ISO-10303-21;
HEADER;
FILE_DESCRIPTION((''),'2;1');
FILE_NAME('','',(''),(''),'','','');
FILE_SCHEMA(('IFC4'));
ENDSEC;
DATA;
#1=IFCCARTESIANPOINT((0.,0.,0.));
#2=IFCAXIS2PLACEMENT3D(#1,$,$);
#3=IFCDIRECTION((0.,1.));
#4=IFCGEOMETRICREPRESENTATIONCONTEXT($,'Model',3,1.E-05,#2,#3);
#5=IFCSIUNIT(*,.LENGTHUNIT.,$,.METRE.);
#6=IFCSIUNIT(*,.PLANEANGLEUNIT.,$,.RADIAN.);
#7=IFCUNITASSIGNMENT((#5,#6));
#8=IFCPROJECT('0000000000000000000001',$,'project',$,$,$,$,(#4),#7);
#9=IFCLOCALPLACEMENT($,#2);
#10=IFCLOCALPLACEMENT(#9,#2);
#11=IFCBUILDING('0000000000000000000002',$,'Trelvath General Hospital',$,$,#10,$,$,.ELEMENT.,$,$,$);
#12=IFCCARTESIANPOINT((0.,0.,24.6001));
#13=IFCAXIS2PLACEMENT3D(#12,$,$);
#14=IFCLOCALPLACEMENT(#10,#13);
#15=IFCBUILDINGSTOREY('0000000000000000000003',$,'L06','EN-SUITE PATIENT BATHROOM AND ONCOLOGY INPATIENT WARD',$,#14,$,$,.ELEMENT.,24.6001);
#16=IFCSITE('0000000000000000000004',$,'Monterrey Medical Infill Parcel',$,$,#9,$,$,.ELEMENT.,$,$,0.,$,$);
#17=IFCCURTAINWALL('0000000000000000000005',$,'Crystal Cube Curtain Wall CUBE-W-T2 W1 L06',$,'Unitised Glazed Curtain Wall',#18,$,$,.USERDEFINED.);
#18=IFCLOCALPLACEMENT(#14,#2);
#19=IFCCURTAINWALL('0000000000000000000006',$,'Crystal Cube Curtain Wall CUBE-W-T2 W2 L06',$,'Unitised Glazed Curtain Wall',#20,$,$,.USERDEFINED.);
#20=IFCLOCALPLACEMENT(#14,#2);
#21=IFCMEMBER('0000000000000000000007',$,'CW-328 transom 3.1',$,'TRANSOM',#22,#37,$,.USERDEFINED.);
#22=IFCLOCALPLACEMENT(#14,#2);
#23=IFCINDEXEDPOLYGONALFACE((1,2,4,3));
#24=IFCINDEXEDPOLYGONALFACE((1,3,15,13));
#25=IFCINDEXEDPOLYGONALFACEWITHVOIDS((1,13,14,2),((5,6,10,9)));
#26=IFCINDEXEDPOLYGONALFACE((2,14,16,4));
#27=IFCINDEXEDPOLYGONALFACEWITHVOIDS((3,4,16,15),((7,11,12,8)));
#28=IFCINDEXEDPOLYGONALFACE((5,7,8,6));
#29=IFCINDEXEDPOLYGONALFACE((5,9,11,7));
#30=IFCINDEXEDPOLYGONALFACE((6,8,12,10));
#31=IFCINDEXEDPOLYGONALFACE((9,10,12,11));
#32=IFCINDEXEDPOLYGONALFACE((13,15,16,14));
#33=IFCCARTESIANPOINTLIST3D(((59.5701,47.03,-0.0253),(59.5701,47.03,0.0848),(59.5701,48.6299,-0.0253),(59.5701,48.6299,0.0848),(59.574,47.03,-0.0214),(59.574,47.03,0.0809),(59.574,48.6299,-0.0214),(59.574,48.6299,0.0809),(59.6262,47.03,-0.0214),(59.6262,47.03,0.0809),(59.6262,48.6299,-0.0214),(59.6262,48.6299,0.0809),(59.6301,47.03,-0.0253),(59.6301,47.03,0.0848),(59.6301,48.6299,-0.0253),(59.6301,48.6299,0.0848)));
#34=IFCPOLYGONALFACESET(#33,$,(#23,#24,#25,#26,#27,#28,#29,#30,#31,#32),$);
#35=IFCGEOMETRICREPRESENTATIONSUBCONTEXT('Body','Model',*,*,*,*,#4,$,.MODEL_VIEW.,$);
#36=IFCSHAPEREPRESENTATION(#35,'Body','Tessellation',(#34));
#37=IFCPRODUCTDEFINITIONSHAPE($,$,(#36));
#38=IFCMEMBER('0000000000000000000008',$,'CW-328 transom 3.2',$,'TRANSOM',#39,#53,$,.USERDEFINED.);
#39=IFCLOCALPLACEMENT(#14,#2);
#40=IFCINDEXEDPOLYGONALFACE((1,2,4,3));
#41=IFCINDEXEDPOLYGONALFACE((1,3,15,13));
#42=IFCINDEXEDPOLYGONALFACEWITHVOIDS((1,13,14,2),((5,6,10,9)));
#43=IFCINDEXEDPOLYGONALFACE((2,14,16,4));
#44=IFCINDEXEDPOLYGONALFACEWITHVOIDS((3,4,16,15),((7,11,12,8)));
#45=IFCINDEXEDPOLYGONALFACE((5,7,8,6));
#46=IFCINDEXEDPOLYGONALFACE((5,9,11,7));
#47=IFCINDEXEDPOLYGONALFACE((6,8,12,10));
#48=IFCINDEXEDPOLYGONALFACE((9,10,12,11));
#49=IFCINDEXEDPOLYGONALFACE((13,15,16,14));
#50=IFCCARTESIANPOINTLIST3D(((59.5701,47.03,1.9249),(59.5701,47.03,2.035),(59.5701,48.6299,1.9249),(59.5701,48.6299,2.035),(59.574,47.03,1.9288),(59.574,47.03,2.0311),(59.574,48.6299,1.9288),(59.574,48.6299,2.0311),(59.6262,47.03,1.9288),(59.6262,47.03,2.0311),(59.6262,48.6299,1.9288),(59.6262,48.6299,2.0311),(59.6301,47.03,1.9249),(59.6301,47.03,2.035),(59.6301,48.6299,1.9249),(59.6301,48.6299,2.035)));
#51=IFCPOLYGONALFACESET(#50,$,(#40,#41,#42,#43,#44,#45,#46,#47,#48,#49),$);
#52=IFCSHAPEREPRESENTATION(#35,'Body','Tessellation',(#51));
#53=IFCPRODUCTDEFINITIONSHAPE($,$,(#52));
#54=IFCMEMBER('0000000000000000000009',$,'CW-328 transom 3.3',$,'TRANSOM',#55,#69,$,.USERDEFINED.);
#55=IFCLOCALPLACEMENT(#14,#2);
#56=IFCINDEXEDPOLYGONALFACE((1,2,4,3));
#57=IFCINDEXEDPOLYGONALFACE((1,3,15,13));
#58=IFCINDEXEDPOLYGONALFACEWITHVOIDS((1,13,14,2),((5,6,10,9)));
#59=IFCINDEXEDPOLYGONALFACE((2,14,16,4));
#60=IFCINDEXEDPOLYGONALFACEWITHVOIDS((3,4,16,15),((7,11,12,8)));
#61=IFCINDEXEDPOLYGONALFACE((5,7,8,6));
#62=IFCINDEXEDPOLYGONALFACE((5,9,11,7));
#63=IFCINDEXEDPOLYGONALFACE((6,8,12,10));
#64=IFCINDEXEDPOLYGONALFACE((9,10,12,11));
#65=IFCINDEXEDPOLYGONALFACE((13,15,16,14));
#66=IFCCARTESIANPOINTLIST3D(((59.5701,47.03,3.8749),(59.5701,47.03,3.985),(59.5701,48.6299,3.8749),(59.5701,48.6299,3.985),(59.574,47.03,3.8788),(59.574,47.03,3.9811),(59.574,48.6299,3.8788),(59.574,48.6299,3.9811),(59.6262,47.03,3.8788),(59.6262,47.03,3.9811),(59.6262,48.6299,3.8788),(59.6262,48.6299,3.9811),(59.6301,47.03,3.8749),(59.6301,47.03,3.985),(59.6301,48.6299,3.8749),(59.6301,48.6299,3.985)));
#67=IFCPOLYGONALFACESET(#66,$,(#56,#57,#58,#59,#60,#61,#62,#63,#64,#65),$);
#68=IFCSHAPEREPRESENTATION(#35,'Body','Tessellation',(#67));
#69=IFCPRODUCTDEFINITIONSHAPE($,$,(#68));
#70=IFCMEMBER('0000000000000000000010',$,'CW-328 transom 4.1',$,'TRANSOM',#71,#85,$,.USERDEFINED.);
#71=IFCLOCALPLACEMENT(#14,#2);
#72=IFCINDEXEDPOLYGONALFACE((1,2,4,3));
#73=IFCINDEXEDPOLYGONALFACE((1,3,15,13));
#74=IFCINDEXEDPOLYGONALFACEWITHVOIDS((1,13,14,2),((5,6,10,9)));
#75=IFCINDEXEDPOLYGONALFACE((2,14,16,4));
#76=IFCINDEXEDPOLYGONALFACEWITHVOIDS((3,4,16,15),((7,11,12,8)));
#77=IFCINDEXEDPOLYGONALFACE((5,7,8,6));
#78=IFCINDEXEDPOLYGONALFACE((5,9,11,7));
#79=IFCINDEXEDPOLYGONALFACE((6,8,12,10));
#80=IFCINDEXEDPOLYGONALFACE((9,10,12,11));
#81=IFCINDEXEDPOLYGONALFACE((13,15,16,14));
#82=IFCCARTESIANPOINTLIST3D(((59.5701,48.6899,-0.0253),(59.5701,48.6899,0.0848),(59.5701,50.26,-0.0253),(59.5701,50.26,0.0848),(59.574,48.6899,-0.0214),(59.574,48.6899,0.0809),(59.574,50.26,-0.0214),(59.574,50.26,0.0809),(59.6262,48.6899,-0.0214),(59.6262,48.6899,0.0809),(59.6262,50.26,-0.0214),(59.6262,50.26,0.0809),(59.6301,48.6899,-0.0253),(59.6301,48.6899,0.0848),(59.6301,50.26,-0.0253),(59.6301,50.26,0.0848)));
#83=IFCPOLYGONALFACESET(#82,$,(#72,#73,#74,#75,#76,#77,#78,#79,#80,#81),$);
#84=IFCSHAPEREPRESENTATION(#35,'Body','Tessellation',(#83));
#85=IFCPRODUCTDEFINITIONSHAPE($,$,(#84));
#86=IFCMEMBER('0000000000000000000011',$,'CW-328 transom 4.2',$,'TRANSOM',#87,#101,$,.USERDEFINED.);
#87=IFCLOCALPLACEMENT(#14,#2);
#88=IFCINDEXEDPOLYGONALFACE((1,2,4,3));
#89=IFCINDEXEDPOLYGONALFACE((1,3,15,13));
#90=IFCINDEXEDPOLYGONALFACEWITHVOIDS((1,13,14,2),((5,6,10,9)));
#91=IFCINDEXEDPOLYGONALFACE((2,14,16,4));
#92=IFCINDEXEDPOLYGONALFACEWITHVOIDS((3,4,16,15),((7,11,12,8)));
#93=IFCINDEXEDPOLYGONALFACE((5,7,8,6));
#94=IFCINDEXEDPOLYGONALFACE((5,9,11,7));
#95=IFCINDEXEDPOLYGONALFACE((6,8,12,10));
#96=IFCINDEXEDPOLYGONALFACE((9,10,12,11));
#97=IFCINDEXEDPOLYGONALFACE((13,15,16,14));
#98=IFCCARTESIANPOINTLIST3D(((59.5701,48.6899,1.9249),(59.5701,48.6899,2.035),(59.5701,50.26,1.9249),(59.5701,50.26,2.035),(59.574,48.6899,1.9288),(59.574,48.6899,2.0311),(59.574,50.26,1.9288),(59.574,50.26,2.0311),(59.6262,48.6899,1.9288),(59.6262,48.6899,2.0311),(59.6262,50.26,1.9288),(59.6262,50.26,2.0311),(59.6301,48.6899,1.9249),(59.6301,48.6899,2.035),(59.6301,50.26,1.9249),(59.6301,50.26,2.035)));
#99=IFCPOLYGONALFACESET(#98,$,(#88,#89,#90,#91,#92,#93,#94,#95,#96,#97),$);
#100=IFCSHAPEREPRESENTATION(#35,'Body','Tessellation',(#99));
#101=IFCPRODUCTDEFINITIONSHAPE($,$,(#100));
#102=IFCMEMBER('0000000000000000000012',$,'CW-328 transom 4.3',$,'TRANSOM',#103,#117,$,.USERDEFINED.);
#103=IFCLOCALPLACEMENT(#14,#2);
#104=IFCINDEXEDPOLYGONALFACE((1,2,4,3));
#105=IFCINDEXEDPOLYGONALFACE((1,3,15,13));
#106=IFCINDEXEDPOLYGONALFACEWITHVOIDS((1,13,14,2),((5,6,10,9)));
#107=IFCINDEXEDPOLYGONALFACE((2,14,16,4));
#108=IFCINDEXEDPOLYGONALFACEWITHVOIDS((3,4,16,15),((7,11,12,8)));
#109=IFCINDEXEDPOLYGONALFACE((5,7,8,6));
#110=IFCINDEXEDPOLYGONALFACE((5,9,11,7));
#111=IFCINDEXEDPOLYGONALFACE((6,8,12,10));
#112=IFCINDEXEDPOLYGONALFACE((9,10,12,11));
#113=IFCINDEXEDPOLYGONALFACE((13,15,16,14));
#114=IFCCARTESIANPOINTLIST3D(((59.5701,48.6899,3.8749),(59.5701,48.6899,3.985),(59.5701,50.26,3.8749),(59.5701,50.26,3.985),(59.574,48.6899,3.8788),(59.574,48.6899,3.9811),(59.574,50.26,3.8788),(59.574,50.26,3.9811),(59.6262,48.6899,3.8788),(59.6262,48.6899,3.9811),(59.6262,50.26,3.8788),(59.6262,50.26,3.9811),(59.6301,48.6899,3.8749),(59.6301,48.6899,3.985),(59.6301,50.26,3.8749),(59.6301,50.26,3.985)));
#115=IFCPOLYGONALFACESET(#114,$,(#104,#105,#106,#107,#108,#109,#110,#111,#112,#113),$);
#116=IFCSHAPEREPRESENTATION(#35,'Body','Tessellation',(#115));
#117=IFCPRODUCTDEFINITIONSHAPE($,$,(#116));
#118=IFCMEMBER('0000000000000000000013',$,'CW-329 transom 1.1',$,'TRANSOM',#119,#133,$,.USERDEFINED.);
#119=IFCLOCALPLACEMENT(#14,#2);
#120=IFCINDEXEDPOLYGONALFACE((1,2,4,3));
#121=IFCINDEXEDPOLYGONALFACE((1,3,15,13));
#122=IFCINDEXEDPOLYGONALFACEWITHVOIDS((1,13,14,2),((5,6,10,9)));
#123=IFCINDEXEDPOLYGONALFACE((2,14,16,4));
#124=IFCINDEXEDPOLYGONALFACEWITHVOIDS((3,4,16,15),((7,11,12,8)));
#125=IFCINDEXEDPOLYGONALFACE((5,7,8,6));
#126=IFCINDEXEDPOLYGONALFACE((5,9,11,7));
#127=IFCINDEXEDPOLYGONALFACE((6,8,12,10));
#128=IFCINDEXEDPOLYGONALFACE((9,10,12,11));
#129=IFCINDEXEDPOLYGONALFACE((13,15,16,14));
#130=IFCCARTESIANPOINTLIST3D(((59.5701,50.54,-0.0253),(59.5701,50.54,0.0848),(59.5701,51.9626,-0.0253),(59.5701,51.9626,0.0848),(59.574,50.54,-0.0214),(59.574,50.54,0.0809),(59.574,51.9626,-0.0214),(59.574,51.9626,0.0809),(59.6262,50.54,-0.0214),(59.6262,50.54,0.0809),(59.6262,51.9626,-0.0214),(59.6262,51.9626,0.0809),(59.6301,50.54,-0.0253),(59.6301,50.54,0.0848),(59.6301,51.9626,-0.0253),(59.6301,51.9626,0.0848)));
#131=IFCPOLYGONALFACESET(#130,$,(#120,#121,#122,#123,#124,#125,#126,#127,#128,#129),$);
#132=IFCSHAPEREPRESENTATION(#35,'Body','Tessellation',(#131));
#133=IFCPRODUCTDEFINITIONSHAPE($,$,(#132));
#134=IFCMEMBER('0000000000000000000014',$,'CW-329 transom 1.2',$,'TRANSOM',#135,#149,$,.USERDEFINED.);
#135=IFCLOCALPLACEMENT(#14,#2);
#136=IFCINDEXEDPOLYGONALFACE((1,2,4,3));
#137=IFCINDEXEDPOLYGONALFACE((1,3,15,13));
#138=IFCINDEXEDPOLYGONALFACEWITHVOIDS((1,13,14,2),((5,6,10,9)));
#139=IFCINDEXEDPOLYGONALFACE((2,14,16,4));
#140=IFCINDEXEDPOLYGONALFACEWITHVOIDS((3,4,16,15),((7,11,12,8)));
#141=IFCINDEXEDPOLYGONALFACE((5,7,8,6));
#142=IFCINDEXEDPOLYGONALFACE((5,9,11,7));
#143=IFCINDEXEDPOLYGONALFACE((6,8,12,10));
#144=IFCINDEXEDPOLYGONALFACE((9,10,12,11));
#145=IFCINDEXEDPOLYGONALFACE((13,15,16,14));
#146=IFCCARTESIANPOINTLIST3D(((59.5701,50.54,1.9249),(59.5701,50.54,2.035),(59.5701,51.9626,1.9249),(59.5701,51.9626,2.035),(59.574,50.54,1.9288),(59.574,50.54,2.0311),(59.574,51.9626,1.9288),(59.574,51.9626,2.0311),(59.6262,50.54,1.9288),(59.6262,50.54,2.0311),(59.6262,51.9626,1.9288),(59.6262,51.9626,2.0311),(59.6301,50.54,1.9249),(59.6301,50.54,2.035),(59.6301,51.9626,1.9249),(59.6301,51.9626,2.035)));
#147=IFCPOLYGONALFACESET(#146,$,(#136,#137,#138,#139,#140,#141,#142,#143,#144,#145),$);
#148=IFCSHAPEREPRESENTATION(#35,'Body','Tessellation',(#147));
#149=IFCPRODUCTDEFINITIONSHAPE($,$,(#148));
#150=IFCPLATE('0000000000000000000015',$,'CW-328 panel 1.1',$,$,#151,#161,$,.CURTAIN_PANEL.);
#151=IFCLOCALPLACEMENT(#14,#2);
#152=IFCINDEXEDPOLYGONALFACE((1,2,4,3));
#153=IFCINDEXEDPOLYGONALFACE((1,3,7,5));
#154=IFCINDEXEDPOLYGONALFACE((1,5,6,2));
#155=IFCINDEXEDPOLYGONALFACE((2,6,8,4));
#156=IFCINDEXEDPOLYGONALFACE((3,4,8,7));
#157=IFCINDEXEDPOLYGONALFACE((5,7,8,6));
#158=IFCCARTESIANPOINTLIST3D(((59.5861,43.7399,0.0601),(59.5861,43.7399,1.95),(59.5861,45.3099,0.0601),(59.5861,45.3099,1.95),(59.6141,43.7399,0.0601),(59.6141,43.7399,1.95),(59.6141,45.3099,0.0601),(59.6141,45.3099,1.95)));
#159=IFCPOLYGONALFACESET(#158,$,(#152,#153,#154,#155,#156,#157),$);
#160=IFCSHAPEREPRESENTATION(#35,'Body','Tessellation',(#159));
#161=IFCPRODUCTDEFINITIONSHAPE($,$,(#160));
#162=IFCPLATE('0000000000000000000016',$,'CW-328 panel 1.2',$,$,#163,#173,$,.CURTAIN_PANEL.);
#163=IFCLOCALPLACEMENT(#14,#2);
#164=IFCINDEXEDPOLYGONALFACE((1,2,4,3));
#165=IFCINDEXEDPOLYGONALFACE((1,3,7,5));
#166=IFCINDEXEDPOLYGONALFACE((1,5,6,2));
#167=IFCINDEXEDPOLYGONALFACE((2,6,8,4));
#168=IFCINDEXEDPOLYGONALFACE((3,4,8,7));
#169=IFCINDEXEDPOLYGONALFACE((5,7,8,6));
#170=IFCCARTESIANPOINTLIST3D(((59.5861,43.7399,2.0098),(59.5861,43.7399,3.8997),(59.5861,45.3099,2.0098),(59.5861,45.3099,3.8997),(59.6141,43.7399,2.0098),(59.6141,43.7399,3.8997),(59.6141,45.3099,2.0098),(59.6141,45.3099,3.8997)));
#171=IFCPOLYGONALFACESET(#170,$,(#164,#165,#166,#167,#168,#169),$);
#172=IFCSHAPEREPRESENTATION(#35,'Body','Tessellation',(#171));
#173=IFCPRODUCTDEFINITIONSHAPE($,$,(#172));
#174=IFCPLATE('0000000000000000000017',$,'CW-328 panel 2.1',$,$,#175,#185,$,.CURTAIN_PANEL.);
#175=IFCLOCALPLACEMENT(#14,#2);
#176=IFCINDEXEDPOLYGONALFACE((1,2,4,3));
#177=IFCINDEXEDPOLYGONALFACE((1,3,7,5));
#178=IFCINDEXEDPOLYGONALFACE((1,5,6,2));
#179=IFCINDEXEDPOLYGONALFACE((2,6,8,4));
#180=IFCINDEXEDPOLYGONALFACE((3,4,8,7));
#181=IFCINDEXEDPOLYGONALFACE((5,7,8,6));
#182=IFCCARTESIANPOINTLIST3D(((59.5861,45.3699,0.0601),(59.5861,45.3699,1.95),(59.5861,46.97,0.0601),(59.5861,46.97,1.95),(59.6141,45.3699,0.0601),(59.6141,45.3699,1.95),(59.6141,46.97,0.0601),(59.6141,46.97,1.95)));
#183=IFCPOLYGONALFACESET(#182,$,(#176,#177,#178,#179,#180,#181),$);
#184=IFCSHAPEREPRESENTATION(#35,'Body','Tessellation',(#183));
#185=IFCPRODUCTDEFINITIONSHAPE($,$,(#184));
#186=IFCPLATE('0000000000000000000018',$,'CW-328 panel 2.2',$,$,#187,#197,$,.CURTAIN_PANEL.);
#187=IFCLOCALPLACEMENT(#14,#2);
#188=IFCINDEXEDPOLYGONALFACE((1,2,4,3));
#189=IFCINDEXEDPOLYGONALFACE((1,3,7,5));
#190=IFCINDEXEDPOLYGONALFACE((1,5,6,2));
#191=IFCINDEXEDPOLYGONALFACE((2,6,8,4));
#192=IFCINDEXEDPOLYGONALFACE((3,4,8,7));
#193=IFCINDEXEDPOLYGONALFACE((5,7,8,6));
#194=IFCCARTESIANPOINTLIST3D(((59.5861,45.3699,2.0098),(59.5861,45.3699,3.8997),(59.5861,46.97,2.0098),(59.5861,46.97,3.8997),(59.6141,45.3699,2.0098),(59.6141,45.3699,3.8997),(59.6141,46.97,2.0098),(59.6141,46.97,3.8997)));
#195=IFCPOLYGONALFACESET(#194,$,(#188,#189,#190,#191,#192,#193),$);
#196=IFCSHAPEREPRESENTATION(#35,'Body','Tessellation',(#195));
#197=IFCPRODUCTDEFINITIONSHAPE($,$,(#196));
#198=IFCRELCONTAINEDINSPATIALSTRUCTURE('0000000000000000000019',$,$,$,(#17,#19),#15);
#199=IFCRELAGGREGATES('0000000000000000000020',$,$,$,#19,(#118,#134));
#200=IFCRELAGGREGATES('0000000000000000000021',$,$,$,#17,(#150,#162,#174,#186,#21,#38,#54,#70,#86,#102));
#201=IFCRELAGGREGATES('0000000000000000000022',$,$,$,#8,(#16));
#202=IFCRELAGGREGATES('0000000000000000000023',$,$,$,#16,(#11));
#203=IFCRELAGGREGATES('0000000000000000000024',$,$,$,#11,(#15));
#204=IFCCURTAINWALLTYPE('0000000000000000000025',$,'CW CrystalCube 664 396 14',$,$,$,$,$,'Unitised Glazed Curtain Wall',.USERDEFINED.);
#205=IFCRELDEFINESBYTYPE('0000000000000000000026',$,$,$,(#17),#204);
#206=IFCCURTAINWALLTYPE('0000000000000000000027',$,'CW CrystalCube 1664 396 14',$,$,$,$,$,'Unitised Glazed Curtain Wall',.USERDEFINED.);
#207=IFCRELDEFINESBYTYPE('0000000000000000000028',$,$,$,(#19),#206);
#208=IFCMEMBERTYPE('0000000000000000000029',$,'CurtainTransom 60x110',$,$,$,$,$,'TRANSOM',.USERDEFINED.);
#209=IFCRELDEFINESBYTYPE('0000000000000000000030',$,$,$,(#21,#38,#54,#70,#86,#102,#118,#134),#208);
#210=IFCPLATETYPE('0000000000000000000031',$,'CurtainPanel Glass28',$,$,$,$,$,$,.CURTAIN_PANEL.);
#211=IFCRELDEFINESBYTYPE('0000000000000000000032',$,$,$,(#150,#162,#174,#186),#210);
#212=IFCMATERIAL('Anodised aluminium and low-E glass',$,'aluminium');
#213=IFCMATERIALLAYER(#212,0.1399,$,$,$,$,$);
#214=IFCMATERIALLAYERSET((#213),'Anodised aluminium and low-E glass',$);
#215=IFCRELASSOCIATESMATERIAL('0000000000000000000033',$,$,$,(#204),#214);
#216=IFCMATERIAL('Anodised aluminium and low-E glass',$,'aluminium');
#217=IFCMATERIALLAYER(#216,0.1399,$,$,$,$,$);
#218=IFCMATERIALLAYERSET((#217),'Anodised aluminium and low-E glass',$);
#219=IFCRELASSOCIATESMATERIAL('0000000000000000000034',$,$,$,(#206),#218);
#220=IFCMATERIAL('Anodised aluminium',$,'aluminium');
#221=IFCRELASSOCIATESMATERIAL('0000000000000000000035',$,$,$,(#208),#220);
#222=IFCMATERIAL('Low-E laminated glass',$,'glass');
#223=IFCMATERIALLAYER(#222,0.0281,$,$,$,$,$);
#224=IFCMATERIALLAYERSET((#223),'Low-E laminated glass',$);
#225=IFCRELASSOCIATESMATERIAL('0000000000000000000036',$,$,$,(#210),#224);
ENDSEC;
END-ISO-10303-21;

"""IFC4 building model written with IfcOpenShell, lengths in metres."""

from ifc_helpers import new_model, si_unit, direction, frame, origin, origin_2d, place, context, subcontext, project, spatial, rectangle, hollow_rectangle, extrude, material, layer, layer_set, material_profile, profile_set, type_object, element, aggregate, save


model = new_model("IFC4")

# Units and contexts
model_context = context("Model", 3, precision=1e-05, world=origin(), true_north=direction((0.0, 1.0)))
body_context = subcontext(model_context, "Body", "Model", "MODEL_VIEW")
ifc_project = project(units=[si_unit("LENGTHUNIT", "METRE"), si_unit("PLANEANGLEUNIT", "RADIAN")], contexts=[model_context])

# Site, building, storey
site_placement = place(None, origin())
site = spatial("IfcSite", under=ifc_project, at=site_placement, Name="Monterrey Medical Infill Parcel", CompositionType="ELEMENT", RefElevation=0.0)
building_placement = place(site_placement, origin())
building = spatial("IfcBuilding", under=site, at=building_placement, Name="Trelvath General Hospital", CompositionType="ELEMENT")
storey_placement = place(building_placement, frame((0.0, 0.0, 24.6001)))
storey = spatial("IfcBuildingStorey", under=building, at=storey_placement, Name="L06", Description="EN-SUITE PATIENT BATHROOM AND ONCOLOGY INPATIENT WARD", CompositionType="ELEMENT", Elevation=24.6001)

# Curtain wall
ifc_material_1 = material(Name="Anodised aluminium and low-E glass", Category="aluminium")
ifc_layer_1 = layer(ifc_material_1, 0.1399)
ifc_layer_set_1 = layer_set([ifc_layer_1], Name="Anodised aluminium and low-E glass")
curtain_wall_type_1 = type_object("IfcCurtainWallType", Name="CW CrystalCube 664 396 14", ElementType="Unitised Glazed Curtain Wall", PredefinedType="USERDEFINED", material=ifc_layer_set_1)
curtain_wall_1_placement = place(storey_placement, origin())
curtain_wall_1 = element("IfcCurtainWall", 1, at=curtain_wall_1_placement, inside=storey, type_object=curtain_wall_type_1, Name="Crystal Cube Curtain Wall CUBE-W-T2 W1 L06", ObjectType="Unitised Glazed Curtain Wall", PredefinedType="USERDEFINED")

# Curtain wall
ifc_material_2 = material(Name="Anodised aluminium and low-E glass", Category="aluminium")
ifc_layer_2 = layer(ifc_material_2, 0.1399)
ifc_layer_set_2 = layer_set([ifc_layer_2], Name="Anodised aluminium and low-E glass")
curtain_wall_type_2 = type_object("IfcCurtainWallType", Name="CW CrystalCube 1664 396 14", ElementType="Unitised Glazed Curtain Wall", PredefinedType="USERDEFINED", material=ifc_layer_set_2)
curtain_wall_2_placement = place(storey_placement, origin())
curtain_wall_2 = element("IfcCurtainWall", 2, at=curtain_wall_2_placement, inside=storey, type_object=curtain_wall_type_2, Name="Crystal Cube Curtain Wall CUBE-W-T2 W2 L06", ObjectType="Unitised Glazed Curtain Wall", PredefinedType="USERDEFINED")

# Members
ifc_material_3 = material(Name="Anodised aluminium", Category="aluminium")
ifc_material_profile_1 = material_profile(ifc_material_3, hollow_rectangle(XDim=0.0601, YDim=0.1101, WallThickness=0.0039, at=origin_2d()), Name="RHS60x110x4")
ifc_profile_set_1 = profile_set([ifc_material_profile_1], Name="Anodised aluminium")
member_type_1 = type_object("IfcMemberType", Name="CurtainTransom 60x110", ElementType="TRANSOM", PredefinedType="USERDEFINED", material=ifc_profile_set_1)
member_1_placement = place(storey_placement, frame((59.6001, 47.03, 0.0298), z_axis=(0.0, 1.0, 0.0), x_axis=(-1.0, 0.0, 0.0)))
member_1 = element("IfcMember", 3, at=member_1_placement, type_object=member_type_1, Name="CW-328 transom 3.1", ObjectType="TRANSOM", PredefinedType="USERDEFINED", context=body_context, shape_type="SweptSolid", body=[
    extrude(hollow_rectangle(XDim=0.0601, YDim=0.1101, WallThickness=0.0039, at=origin_2d()), origin(), (0.0, 0.0, 1.0), 1.5999),
])
member_2_placement = place(storey_placement, frame((59.6001, 47.03, 1.98), z_axis=(0.0, 1.0, 0.0), x_axis=(-1.0, 0.0, 0.0)))
member_2 = element("IfcMember", 4, at=member_2_placement, type_object=member_type_1, Name="CW-328 transom 3.2", ObjectType="TRANSOM", PredefinedType="USERDEFINED", context=body_context, shape_type="SweptSolid", body=[
    extrude(hollow_rectangle(XDim=0.0601, YDim=0.1101, WallThickness=0.0039, at=origin_2d()), origin(), (0.0, 0.0, 1.0), 1.5999),
])
member_3_placement = place(storey_placement, frame((59.6001, 47.03, 3.9299), z_axis=(0.0, 1.0, 0.0), x_axis=(-1.0, 0.0, 0.0)))
member_3 = element("IfcMember", 5, at=member_3_placement, type_object=member_type_1, Name="CW-328 transom 3.3", ObjectType="TRANSOM", PredefinedType="USERDEFINED", context=body_context, shape_type="SweptSolid", body=[
    extrude(hollow_rectangle(XDim=0.0601, YDim=0.1101, WallThickness=0.0039, at=origin_2d()), origin(), (0.0, 0.0, 1.0), 1.5999),
])
member_4_placement = place(storey_placement, frame((59.6001, 48.6899, 0.0298), z_axis=(0.0, 1.0, 0.0), x_axis=(-1.0, 0.0, 0.0)))
member_4 = element("IfcMember", 6, at=member_4_placement, type_object=member_type_1, Name="CW-328 transom 4.1", ObjectType="TRANSOM", PredefinedType="USERDEFINED", context=body_context, shape_type="SweptSolid", body=[
    extrude(hollow_rectangle(XDim=0.0601, YDim=0.1101, WallThickness=0.0039, at=origin_2d()), origin(), (0.0, 0.0, 1.0), 1.5701),
])
member_5_placement = place(storey_placement, frame((59.6001, 48.6899, 1.98), z_axis=(0.0, 1.0, 0.0), x_axis=(-1.0, 0.0, 0.0)))
member_5 = element("IfcMember", 7, at=member_5_placement, type_object=member_type_1, Name="CW-328 transom 4.2", ObjectType="TRANSOM", PredefinedType="USERDEFINED", context=body_context, shape_type="SweptSolid", body=[
    extrude(hollow_rectangle(XDim=0.0601, YDim=0.1101, WallThickness=0.0039, at=origin_2d()), origin(), (0.0, 0.0, 1.0), 1.5701),
])
member_6_placement = place(storey_placement, frame((59.6001, 48.6899, 3.9299), z_axis=(0.0, 1.0, 0.0), x_axis=(-1.0, 0.0, 0.0)))
member_6 = element("IfcMember", 8, at=member_6_placement, type_object=member_type_1, Name="CW-328 transom 4.3", ObjectType="TRANSOM", PredefinedType="USERDEFINED", context=body_context, shape_type="SweptSolid", body=[
    extrude(hollow_rectangle(XDim=0.0601, YDim=0.1101, WallThickness=0.0039, at=origin_2d()), origin(), (0.0, 0.0, 1.0), 1.5701),
])
member_7_placement = place(storey_placement, frame((59.6001, 50.54, 0.0298), z_axis=(0.0, 1.0, 0.0), x_axis=(-1.0, 0.0, 0.0)))
member_7 = element("IfcMember", 9, at=member_7_placement, type_object=member_type_1, Name="CW-329 transom 1.1", ObjectType="TRANSOM", PredefinedType="USERDEFINED", context=body_context, shape_type="SweptSolid", body=[
    extrude(hollow_rectangle(XDim=0.0601, YDim=0.1101, WallThickness=0.0039, at=origin_2d()), origin(), (0.0, 0.0, 1.0), 1.4226),
])
member_8_placement = place(storey_placement, frame((59.6001, 50.54, 1.98), z_axis=(0.0, 1.0, 0.0), x_axis=(-1.0, 0.0, 0.0)))
member_8 = element("IfcMember", 10, at=member_8_placement, type_object=member_type_1, Name="CW-329 transom 1.2", ObjectType="TRANSOM", PredefinedType="USERDEFINED", context=body_context, shape_type="SweptSolid", body=[
    extrude(hollow_rectangle(XDim=0.0601, YDim=0.1101, WallThickness=0.0039, at=origin_2d()), origin(), (0.0, 0.0, 1.0), 1.4226),
])
aggregate(curtain_wall_2, [member_7, member_8])

# Plates
ifc_material_4 = material(Name="Low-E laminated glass", Category="glass")
ifc_layer_3 = layer(ifc_material_4, 0.0281)
ifc_layer_set_3 = layer_set([ifc_layer_3], Name="Low-E laminated glass")
plate_type = type_object("IfcPlateType", Name="CurtainPanel Glass28", PredefinedType="CURTAIN_PANEL", material=ifc_layer_set_3)
plate_1_placement = place(storey_placement, frame((59.6001, 44.5249, 0.0601), z_axis=(0.0, 0.0, 1.0), x_axis=(0.0, 1.0, 0.0)))
plate_1 = element("IfcPlate", 11, at=plate_1_placement, type_object=plate_type, Name="CW-328 panel 1.1", PredefinedType="CURTAIN_PANEL", context=body_context, shape_type="SweptSolid", body=[
    extrude(rectangle(XDim=1.5701, YDim=0.0281, at=origin_2d()), origin(), (0.0, 0.0, 1.0), 1.8899),
])
plate_2_placement = place(storey_placement, frame((59.6001, 44.5249, 2.0098), z_axis=(0.0, 0.0, 1.0), x_axis=(0.0, 1.0, 0.0)))
plate_2 = element("IfcPlate", 12, at=plate_2_placement, type_object=plate_type, Name="CW-328 panel 1.2", PredefinedType="CURTAIN_PANEL", context=body_context, shape_type="SweptSolid", body=[
    extrude(rectangle(XDim=1.5701, YDim=0.0281, at=origin_2d()), origin(), (0.0, 0.0, 1.0), 1.8899),
])
plate_3_placement = place(storey_placement, frame((59.6001, 46.1699, 0.0601), z_axis=(0.0, 0.0, 1.0), x_axis=(0.0, 1.0, 0.0)))
plate_3 = element("IfcPlate", 13, at=plate_3_placement, type_object=plate_type, Name="CW-328 panel 2.1", PredefinedType="CURTAIN_PANEL", context=body_context, shape_type="SweptSolid", body=[
    extrude(rectangle(XDim=1.6001, YDim=0.0281, at=origin_2d()), origin(), (0.0, 0.0, 1.0), 1.8899),
])
plate_4_placement = place(storey_placement, frame((59.6001, 46.1699, 2.0098), z_axis=(0.0, 0.0, 1.0), x_axis=(0.0, 1.0, 0.0)))
plate_4 = element("IfcPlate", 14, at=plate_4_placement, type_object=plate_type, Name="CW-328 panel 2.2", PredefinedType="CURTAIN_PANEL", context=body_context, shape_type="SweptSolid", body=[
    extrude(rectangle(XDim=1.6001, YDim=0.0281, at=origin_2d()), origin(), (0.0, 0.0, 1.0), 1.8899),
])
aggregate(curtain_wall_1, [plate_1, plate_2, plate_3, plate_4, member_1, member_2, member_3, member_4, member_5, member_6])

save(model, "model.ifc")
